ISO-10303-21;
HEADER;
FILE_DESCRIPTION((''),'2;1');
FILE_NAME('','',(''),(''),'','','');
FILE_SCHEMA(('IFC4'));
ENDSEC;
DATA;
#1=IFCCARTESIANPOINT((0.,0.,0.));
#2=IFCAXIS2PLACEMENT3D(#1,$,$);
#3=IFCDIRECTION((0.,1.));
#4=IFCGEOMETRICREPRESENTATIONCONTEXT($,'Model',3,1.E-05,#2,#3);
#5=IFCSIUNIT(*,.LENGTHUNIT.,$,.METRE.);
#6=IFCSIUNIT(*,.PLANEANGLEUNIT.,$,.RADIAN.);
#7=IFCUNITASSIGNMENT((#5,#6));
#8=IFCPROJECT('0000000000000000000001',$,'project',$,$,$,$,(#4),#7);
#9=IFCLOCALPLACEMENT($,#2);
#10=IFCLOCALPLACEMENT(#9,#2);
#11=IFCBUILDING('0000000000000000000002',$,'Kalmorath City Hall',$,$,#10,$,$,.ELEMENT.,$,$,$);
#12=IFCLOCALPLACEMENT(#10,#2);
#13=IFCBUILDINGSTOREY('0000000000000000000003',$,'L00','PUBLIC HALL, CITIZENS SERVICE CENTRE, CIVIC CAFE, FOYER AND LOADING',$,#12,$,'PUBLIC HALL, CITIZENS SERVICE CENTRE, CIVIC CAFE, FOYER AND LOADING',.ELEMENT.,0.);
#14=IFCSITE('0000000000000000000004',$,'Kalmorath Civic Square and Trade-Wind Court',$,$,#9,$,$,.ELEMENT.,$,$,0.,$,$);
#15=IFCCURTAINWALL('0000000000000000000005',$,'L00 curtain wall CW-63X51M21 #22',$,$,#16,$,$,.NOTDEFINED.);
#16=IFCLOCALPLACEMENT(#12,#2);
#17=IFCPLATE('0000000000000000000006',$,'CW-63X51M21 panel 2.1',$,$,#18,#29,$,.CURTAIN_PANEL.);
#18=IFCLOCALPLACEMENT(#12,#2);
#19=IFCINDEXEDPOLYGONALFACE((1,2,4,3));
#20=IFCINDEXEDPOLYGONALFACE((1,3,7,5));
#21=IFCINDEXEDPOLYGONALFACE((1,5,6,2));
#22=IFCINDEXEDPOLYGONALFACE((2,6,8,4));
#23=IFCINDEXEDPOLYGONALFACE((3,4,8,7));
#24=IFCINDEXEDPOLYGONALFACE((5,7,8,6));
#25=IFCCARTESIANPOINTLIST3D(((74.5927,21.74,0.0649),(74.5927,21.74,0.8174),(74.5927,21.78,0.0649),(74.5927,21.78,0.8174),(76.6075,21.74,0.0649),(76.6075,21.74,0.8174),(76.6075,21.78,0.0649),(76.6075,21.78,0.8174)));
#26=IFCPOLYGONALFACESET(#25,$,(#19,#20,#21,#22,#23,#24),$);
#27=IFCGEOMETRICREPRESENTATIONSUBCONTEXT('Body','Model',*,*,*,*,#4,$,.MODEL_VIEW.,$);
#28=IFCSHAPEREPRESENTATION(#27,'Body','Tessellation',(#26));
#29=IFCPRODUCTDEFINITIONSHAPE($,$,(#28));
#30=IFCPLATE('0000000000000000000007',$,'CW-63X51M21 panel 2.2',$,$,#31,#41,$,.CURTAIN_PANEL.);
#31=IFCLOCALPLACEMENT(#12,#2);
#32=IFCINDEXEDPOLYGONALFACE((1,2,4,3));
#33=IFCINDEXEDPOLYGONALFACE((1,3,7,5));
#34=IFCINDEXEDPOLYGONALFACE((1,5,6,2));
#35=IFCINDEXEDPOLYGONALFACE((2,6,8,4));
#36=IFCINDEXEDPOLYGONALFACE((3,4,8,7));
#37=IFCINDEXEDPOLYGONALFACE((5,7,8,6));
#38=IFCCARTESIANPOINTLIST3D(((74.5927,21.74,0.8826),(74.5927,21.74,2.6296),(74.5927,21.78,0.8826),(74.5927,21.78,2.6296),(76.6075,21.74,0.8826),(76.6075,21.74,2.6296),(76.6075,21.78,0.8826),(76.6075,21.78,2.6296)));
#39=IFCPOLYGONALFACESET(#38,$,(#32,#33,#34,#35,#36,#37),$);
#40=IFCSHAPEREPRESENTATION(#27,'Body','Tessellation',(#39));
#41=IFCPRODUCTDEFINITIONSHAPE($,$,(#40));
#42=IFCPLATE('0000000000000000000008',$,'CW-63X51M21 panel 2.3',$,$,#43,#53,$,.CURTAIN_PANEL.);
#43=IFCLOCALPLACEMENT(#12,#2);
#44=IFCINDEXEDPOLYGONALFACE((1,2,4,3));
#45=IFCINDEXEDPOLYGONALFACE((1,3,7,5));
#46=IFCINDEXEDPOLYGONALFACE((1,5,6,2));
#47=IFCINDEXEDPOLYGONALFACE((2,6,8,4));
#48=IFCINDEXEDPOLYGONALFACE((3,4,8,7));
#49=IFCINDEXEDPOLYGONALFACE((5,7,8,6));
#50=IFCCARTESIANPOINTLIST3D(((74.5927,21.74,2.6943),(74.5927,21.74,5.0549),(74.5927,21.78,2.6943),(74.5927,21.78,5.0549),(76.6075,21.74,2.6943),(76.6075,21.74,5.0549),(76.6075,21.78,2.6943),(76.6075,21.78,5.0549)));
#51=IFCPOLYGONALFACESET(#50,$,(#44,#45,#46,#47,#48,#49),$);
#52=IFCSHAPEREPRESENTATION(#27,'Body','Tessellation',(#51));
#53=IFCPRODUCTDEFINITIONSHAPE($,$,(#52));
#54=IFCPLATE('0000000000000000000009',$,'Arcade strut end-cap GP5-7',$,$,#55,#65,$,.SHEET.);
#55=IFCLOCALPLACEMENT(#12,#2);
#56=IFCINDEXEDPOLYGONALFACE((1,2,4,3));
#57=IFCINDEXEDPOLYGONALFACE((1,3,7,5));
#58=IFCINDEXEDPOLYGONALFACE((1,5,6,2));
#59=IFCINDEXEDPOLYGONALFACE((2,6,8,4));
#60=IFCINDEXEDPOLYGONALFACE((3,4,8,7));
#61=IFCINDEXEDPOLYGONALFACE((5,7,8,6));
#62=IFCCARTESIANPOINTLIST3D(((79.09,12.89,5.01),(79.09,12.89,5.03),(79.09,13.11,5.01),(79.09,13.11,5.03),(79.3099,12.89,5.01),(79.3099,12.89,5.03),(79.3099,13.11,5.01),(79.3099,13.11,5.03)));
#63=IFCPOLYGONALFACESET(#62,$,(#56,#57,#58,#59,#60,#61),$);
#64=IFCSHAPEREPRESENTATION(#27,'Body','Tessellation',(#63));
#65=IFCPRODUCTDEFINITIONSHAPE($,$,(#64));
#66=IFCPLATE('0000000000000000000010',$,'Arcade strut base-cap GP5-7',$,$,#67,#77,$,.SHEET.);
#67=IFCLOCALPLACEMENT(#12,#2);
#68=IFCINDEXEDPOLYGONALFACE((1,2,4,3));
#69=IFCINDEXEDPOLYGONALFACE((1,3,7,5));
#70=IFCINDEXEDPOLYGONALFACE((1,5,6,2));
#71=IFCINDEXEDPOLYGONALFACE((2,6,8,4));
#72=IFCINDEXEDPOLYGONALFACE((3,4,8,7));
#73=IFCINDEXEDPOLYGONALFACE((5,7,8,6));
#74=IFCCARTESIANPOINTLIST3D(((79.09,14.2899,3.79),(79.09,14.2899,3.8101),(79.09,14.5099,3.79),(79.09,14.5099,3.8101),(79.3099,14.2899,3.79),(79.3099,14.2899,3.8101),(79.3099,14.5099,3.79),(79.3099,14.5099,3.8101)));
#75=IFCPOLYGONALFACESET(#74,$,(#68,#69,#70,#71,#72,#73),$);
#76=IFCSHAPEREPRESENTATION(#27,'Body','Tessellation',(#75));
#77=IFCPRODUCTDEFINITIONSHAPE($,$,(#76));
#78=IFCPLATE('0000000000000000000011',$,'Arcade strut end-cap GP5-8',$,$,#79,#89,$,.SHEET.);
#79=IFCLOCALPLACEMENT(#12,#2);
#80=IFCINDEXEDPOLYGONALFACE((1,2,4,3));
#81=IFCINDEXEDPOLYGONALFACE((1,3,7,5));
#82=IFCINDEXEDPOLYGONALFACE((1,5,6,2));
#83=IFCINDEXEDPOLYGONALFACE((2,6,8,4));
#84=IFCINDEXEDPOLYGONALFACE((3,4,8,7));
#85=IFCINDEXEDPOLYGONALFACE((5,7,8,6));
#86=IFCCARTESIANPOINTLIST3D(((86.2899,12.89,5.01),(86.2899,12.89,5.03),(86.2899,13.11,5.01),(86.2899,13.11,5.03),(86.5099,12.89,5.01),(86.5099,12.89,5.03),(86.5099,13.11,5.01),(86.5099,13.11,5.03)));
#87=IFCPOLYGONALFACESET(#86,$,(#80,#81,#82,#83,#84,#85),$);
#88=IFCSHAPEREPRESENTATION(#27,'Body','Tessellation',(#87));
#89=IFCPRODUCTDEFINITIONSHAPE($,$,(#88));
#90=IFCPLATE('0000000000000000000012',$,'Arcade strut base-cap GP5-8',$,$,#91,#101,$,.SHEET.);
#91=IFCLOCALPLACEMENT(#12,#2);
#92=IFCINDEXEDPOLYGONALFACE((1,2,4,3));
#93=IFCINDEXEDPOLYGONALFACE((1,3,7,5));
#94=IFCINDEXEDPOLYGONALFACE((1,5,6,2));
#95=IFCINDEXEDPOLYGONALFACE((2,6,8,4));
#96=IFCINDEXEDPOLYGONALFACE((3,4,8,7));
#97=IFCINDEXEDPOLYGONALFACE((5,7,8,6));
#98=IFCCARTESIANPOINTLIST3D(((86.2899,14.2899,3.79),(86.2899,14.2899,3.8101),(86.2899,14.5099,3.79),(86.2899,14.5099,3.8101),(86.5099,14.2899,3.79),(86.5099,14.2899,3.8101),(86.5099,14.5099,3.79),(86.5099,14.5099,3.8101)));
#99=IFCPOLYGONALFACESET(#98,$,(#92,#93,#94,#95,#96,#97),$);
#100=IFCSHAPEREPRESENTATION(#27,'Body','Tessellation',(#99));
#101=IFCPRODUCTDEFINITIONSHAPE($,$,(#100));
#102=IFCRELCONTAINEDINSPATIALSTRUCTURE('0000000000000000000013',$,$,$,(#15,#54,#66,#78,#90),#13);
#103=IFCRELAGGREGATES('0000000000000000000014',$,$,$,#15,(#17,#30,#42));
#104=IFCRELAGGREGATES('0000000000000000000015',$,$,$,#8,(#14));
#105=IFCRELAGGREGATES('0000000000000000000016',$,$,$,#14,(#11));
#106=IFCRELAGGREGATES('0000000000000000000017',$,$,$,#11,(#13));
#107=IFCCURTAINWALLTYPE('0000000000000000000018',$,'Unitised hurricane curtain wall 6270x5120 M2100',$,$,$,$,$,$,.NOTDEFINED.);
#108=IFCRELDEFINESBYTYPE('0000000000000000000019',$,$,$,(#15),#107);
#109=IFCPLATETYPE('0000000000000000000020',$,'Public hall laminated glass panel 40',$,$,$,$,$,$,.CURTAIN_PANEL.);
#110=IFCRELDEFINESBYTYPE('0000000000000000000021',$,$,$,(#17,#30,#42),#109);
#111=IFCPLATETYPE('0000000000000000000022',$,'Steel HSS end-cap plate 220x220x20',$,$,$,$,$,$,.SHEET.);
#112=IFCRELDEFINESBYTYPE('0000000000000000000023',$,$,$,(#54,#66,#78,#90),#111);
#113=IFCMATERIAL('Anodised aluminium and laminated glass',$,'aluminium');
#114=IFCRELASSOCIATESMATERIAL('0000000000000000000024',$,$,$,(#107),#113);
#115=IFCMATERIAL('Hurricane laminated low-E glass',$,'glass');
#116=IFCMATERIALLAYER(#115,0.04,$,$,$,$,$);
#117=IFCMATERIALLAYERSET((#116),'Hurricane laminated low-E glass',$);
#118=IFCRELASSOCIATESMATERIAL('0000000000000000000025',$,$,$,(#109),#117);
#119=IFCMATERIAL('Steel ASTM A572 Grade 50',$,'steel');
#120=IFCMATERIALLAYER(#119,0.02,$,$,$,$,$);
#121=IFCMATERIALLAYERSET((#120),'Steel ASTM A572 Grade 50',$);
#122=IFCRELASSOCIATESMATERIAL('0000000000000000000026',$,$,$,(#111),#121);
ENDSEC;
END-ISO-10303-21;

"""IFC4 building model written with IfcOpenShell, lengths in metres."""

from ifc_helpers import new_model, si_unit, direction, frame, origin, origin_2d, place, context, subcontext, project, spatial, rectangle, extrude, material, layer, layer_set, type_object, element, aggregate, save


model = new_model("IFC4")

# Units and contexts
model_context = context("Model", 3, precision=1e-05, world=origin(), true_north=direction((0.0, 1.0)))
body_context = subcontext(model_context, "Body", "Model", "MODEL_VIEW")
ifc_project = project(units=[si_unit("LENGTHUNIT", "METRE"), si_unit("PLANEANGLEUNIT", "RADIAN")], contexts=[model_context])

# Site, building, storey
site_placement = place(None, origin())
site = spatial("IfcSite", under=ifc_project, at=site_placement, Name="Kalmorath Civic Square and Trade-Wind Court", CompositionType="ELEMENT", RefElevation=0.0)
building_placement = place(site_placement, origin())
building = spatial("IfcBuilding", under=site, at=building_placement, Name="Kalmorath City Hall", CompositionType="ELEMENT")
storey_placement = place(building_placement, origin())
storey = spatial("IfcBuildingStorey", under=building, at=storey_placement, Name="L00", Description="PUBLIC HALL, CITIZENS SERVICE CENTRE, CIVIC CAFE, FOYER AND LOADING", LongName="PUBLIC HALL, CITIZENS SERVICE CENTRE, CIVIC CAFE, FOYER AND LOADING", CompositionType="ELEMENT", Elevation=0.0)

# Curtain wall
ifc_material_1 = material(Name="Anodised aluminium and laminated glass", Category="aluminium")
curtain_wall_type = type_object("IfcCurtainWallType", Name="Unitised hurricane curtain wall 6270x5120 M2100", PredefinedType="NOTDEFINED", material=ifc_material_1)
curtain_wall_placement = place(storey_placement, origin())
curtain_wall = element("IfcCurtainWall", 1, at=curtain_wall_placement, inside=storey, type_object=curtain_wall_type, Name="L00 curtain wall CW-63X51M21 #22", PredefinedType="NOTDEFINED")

# Plates
ifc_material_2 = material(Name="Hurricane laminated low-E glass", Category="glass")
ifc_layer_1 = layer(ifc_material_2, 0.04)
ifc_layer_set_1 = layer_set([ifc_layer_1], Name="Hurricane laminated low-E glass")
plate_type_1 = type_object("IfcPlateType", Name="Public hall laminated glass panel 40", PredefinedType="CURTAIN_PANEL", material=ifc_layer_set_1)
plate_1_placement = place(storey_placement, frame((75.6001, 21.76, 0.0649), z_axis=(0.0, 0.0, 1.0), x_axis=(-1.0, 0.0, 0.0)))
plate_1 = element("IfcPlate", 2, at=plate_1_placement, type_object=plate_type_1, Name="CW-63X51M21 panel 2.1", PredefinedType="CURTAIN_PANEL", context=body_context, shape_type="SweptSolid", body=[
    extrude(rectangle(XDim=2.0149, YDim=0.04, at=origin_2d()), origin(), (0.0, 0.0, 1.0), 0.7524),
])
plate_2_placement = place(storey_placement, frame((75.6001, 21.76, 0.8826), z_axis=(0.0, 0.0, 1.0), x_axis=(-1.0, 0.0, 0.0)))
plate_2 = element("IfcPlate", 3, at=plate_2_placement, type_object=plate_type_1, Name="CW-63X51M21 panel 2.2", PredefinedType="CURTAIN_PANEL", context=body_context, shape_type="SweptSolid", body=[
    extrude(rectangle(XDim=2.0149, YDim=0.04, at=origin_2d()), origin(), (0.0, 0.0, 1.0), 1.7471),
])
plate_3_placement = place(storey_placement, frame((75.6001, 21.76, 2.6943), z_axis=(0.0, 0.0, 1.0), x_axis=(-1.0, 0.0, 0.0)))
plate_3 = element("IfcPlate", 4, at=plate_3_placement, type_object=plate_type_1, Name="CW-63X51M21 panel 2.3", PredefinedType="CURTAIN_PANEL", context=body_context, shape_type="SweptSolid", body=[
    extrude(rectangle(XDim=2.0149, YDim=0.04, at=origin_2d()), origin(), (0.0, 0.0, 1.0), 2.3606),
])
aggregate(curtain_wall, [plate_1, plate_2, plate_3])

# Plates
ifc_material_3 = material(Name="Steel ASTM A572 Grade 50", Category="steel")
ifc_layer_2 = layer(ifc_material_3, 0.02)
ifc_layer_set_2 = layer_set([ifc_layer_2], Name="Steel ASTM A572 Grade 50")
plate_type_2 = type_object("IfcPlateType", Name="Steel HSS end-cap plate 220x220x20", PredefinedType="SHEET", material=ifc_layer_set_2)
for number, where, z_axis, x_axis, name in (
    (5, (79.2, 13.0, 5.01), (0.0, 0.0, 1.0), (1.0, 0.0, 0.0), "Arcade strut end-cap GP5-7"),
    (6, (79.2, 14.3999, 3.79), (0.0, 0.0, 1.0), (1.0, 0.0, 0.0), "Arcade strut base-cap GP5-7"),
    (7, (86.3999, 13.0, 5.01), (0.0, 0.0, 1.0), (1.0, 0.0, 0.0), "Arcade strut end-cap GP5-8"),
    (8, (86.3999, 14.3999, 3.79), (0.0, 0.0, 1.0), (1.0, 0.0, 0.0), "Arcade strut base-cap GP5-8"),
):
    element("IfcPlate", number, at=place(storey_placement, frame(where, z_axis=z_axis, x_axis=x_axis)), inside=storey, type_object=plate_type_2, Name=name, PredefinedType="SHEET", context=body_context, shape_type="SweptSolid", body=[
        extrude(rectangle(XDim=0.22, YDim=0.22, at=origin_2d()), origin(), (0.0, 0.0, 1.0), 0.02),
    ])

save(model, "model.ifc")
